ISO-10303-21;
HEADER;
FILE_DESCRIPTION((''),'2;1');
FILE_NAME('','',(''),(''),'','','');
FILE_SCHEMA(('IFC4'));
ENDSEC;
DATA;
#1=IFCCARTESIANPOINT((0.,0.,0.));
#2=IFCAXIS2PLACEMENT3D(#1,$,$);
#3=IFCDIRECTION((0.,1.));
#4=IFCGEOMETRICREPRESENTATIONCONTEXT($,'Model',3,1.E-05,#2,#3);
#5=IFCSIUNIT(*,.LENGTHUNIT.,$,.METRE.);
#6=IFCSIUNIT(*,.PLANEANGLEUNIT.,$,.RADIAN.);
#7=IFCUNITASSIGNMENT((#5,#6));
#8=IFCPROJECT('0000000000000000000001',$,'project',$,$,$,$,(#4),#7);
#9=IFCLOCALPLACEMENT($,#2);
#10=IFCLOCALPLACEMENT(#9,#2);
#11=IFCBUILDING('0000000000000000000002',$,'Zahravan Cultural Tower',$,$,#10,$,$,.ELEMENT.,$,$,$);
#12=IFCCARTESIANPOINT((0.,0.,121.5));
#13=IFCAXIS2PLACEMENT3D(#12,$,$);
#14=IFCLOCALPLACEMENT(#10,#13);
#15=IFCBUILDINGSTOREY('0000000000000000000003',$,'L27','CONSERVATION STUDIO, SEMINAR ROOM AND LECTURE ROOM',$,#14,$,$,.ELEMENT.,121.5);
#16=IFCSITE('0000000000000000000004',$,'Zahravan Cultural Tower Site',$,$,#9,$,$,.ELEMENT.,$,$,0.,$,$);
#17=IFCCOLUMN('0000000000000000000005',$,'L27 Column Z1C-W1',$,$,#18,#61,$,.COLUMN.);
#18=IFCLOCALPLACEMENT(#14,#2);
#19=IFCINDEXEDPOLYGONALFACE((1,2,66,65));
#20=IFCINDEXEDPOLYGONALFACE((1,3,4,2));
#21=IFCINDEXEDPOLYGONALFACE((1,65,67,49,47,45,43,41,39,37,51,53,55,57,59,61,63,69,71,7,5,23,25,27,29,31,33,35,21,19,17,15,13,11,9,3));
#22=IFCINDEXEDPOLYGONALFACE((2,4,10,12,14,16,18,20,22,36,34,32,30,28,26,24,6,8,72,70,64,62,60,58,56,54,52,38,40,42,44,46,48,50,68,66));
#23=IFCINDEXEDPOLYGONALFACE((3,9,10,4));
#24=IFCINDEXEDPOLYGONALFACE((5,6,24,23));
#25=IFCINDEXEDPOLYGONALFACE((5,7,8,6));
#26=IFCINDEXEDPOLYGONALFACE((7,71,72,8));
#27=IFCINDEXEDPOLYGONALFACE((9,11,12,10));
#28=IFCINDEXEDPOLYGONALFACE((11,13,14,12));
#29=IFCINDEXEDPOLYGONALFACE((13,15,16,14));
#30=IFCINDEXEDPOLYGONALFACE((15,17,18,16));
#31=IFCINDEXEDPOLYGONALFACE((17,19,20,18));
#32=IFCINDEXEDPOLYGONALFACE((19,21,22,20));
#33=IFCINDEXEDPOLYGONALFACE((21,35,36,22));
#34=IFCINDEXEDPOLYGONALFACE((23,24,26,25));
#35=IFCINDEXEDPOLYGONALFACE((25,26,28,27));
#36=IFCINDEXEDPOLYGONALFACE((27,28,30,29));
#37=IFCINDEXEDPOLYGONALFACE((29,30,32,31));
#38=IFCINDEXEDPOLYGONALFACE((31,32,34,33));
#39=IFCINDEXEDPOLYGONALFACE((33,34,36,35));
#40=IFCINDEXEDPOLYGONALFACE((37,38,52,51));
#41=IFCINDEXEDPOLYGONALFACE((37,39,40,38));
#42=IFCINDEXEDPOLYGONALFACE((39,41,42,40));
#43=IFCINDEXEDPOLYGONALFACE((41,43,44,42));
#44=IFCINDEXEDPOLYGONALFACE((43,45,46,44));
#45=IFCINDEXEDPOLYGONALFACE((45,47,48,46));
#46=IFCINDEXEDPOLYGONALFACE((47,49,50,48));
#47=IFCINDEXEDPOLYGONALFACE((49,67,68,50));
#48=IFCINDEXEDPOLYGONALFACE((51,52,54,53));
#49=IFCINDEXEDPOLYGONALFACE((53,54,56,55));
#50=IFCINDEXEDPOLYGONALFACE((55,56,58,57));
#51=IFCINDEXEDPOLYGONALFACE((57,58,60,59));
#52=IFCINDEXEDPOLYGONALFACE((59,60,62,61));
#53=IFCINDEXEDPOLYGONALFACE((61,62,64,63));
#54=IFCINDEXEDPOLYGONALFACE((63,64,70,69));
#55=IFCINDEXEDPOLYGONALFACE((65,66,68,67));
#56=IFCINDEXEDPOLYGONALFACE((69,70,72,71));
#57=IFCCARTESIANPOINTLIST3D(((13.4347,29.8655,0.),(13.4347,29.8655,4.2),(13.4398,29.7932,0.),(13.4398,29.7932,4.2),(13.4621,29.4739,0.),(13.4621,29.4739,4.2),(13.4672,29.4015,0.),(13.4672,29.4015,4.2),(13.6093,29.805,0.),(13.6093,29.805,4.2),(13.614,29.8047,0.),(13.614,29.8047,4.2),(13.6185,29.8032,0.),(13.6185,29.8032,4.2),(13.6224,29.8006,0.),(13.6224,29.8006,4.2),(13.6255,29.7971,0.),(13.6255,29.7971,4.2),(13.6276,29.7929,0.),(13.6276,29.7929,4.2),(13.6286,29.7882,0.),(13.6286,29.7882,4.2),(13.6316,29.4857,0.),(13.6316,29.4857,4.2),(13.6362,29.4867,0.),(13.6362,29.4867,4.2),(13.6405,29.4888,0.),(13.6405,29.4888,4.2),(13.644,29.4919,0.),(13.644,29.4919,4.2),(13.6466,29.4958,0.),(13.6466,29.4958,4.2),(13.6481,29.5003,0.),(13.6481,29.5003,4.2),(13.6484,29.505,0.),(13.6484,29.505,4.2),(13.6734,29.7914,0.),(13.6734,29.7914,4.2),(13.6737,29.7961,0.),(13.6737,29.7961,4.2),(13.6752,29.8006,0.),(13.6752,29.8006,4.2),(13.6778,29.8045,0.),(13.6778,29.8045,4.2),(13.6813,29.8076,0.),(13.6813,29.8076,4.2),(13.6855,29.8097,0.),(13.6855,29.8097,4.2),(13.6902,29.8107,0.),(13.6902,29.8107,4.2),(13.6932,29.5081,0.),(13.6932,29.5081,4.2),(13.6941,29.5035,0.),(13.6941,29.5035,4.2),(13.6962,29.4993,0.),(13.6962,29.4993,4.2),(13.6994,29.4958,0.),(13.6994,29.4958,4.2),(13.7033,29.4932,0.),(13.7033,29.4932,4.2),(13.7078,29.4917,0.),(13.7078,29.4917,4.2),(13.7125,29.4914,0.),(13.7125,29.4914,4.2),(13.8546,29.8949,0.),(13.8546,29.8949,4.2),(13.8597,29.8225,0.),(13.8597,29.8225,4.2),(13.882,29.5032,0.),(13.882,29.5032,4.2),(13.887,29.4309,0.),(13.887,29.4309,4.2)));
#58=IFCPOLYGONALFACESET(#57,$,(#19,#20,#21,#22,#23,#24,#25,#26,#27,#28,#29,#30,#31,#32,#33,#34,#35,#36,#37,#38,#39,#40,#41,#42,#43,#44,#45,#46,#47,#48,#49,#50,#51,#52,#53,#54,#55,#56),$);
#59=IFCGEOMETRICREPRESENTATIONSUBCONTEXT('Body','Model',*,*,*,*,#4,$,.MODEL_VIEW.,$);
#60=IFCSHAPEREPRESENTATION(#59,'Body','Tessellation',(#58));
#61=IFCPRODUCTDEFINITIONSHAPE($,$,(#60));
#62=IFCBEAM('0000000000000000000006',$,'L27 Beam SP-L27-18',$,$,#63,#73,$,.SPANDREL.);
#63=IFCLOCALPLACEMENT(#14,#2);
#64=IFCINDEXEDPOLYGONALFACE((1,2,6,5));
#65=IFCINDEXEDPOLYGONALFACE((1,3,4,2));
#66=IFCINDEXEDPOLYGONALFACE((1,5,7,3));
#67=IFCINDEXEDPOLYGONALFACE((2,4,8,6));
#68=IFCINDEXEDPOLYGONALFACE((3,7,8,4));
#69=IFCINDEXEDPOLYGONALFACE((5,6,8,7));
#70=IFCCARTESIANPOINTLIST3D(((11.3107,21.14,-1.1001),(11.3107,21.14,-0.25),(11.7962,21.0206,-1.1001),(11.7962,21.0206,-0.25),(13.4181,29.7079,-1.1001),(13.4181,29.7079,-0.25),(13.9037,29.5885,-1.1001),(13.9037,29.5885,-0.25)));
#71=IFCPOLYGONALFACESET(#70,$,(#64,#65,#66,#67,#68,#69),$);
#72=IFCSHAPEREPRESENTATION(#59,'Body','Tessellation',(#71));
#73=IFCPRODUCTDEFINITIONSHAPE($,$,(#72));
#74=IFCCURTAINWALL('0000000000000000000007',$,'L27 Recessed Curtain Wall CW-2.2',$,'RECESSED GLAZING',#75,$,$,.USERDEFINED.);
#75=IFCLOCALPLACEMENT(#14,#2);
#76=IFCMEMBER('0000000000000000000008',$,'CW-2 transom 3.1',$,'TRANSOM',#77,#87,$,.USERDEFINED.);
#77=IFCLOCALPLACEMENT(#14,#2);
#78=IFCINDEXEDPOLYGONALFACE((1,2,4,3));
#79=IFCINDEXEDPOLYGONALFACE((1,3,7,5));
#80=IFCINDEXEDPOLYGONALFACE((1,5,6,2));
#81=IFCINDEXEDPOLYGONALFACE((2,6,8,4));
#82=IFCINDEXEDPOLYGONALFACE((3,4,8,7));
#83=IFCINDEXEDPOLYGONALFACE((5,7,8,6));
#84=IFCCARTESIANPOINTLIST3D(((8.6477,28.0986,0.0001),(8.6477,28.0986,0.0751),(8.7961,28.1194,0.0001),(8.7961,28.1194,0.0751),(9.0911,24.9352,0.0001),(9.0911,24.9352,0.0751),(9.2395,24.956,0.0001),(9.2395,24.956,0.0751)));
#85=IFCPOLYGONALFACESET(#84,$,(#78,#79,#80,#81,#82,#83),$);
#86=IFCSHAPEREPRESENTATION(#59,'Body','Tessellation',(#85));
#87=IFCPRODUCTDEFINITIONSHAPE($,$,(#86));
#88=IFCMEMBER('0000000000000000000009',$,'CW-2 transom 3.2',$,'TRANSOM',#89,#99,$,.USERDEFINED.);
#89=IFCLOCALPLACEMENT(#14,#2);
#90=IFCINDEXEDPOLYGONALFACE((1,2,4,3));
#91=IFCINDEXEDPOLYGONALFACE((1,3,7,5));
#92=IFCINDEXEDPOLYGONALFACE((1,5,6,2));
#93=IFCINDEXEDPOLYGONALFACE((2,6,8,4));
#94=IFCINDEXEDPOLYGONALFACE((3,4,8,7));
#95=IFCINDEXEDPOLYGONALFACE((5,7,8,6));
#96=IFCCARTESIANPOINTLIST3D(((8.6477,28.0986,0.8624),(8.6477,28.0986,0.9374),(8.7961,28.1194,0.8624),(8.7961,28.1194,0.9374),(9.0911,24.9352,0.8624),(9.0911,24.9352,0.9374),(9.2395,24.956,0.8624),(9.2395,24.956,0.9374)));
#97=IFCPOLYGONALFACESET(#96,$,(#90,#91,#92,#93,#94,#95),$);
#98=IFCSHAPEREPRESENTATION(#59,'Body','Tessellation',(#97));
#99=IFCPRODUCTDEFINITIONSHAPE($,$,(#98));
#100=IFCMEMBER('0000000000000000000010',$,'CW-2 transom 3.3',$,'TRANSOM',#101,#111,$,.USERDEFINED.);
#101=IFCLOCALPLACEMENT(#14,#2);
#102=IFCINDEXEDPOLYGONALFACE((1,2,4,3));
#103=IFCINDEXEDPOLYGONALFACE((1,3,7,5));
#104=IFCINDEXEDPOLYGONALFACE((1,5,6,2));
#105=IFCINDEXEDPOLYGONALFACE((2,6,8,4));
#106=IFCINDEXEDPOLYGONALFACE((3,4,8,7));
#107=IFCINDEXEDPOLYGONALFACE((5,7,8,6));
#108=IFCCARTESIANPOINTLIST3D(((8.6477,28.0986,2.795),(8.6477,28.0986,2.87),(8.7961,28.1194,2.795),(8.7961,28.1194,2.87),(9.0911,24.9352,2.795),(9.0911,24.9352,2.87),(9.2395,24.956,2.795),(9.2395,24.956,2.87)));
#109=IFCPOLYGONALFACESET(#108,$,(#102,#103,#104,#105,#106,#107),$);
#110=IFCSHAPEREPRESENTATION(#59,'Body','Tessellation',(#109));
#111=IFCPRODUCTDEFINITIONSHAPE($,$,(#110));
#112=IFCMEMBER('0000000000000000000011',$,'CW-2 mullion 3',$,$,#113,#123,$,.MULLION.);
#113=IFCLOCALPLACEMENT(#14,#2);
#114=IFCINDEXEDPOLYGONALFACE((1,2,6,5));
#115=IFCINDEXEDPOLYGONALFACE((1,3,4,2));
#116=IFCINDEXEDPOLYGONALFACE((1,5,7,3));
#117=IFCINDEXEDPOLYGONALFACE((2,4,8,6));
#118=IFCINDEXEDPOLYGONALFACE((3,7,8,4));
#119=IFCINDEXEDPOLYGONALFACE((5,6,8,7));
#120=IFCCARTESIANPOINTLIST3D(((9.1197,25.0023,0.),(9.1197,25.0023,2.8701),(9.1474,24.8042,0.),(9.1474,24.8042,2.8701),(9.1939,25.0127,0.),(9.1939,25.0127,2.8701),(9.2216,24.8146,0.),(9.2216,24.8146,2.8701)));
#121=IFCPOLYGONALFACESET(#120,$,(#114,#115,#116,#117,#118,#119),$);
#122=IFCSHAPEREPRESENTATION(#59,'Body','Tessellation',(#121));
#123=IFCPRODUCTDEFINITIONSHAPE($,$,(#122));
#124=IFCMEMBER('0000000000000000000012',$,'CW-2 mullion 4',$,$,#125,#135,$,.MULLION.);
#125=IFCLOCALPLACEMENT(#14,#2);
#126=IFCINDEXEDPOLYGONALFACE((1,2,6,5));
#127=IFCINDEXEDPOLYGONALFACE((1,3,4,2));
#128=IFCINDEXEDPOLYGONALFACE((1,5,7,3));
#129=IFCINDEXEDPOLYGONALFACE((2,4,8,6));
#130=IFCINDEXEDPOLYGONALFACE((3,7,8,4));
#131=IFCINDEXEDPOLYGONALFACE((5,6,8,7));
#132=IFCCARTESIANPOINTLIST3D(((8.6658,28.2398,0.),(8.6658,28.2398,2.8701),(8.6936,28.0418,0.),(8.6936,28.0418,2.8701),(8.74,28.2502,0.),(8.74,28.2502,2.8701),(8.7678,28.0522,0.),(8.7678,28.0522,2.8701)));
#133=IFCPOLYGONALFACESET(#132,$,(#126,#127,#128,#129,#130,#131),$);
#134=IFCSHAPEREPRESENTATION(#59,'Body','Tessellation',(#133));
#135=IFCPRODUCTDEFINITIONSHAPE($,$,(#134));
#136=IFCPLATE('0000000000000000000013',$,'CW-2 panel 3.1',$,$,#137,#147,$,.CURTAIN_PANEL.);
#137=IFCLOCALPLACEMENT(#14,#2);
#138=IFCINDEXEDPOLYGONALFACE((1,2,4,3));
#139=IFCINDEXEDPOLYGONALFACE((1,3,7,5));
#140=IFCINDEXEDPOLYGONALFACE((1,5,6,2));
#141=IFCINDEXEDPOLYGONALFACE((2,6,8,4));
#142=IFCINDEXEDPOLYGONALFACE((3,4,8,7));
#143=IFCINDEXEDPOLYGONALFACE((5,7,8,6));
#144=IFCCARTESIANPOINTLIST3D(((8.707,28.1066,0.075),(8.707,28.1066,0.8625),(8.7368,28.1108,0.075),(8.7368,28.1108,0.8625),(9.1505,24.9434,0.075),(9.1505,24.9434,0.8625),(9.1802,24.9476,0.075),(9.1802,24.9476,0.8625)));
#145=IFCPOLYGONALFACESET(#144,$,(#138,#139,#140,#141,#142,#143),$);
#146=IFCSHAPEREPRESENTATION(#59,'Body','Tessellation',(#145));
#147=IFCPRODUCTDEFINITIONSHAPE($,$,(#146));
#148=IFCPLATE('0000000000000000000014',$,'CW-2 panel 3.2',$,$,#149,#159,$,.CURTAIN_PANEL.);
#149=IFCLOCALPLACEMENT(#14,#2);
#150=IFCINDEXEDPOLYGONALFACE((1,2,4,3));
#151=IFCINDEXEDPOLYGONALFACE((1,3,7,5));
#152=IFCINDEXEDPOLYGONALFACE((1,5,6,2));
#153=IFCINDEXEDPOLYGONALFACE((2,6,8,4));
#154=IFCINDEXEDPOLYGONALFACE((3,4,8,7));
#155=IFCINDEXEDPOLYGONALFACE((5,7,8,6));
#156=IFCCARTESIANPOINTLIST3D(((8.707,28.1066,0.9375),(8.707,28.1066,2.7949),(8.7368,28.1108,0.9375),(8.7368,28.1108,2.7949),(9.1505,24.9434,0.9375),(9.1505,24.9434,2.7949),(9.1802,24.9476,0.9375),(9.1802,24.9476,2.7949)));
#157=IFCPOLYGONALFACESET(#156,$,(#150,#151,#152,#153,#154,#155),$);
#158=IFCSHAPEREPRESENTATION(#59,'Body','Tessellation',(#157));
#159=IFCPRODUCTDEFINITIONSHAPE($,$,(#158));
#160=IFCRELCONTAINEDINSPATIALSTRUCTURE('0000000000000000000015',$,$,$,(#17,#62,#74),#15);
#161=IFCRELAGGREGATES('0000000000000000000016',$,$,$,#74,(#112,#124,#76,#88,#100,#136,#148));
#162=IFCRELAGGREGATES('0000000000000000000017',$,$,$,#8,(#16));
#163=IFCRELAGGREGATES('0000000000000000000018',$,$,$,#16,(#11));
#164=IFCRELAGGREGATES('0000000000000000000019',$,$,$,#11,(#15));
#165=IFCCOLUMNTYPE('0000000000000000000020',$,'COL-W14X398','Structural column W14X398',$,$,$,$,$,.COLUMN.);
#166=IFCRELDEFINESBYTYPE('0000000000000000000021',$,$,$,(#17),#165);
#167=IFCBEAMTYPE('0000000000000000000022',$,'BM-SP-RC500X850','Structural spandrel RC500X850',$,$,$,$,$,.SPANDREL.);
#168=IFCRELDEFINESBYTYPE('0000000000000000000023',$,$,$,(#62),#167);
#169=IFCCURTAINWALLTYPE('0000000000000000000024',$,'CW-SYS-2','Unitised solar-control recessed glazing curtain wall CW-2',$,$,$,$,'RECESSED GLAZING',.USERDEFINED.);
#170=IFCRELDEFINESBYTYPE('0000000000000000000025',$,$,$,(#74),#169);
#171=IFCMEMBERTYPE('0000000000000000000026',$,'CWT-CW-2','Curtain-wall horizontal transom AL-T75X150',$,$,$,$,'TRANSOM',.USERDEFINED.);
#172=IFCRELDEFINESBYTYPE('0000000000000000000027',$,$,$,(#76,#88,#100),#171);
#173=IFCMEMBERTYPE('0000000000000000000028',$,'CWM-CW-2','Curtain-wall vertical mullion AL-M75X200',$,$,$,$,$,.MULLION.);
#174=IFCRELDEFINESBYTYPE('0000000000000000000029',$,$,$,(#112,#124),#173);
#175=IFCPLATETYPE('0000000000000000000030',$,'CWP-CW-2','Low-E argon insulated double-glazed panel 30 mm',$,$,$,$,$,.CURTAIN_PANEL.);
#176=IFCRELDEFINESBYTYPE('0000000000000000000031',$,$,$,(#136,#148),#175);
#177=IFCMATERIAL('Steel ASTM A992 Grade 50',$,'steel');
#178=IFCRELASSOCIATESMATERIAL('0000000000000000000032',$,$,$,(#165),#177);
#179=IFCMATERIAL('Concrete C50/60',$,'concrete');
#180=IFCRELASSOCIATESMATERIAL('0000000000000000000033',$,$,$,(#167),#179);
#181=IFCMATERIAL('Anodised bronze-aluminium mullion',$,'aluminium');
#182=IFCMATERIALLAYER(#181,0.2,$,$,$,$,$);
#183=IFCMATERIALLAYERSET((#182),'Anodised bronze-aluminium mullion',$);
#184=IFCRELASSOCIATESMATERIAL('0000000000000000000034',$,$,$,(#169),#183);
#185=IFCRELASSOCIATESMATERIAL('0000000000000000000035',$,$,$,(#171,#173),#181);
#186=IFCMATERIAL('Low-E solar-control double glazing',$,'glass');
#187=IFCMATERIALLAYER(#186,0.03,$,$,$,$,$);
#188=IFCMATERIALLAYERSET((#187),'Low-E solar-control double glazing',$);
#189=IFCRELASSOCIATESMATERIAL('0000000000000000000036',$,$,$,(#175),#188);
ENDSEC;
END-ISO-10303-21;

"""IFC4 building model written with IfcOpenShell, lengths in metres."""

from ifc_helpers import new_model, si_unit, direction, frame, origin, origin_2d, place, context, subcontext, project, spatial, rectangle, i_section, extrude, source, transform, mapped, material, layer, layer_set, material_profile, profile_set, type_object, element, aggregate, save


model = new_model("IFC4")

# Units and contexts
model_context = context("Model", 3, precision=1e-05, world=origin(), true_north=direction((0.0, 1.0)))
body_context = subcontext(model_context, "Body", "Model", "MODEL_VIEW")
ifc_project = project(units=[si_unit("LENGTHUNIT", "METRE"), si_unit("PLANEANGLEUNIT", "RADIAN")], contexts=[model_context])

# Site, building, storey
site_placement = place(None, origin())
site = spatial("IfcSite", under=ifc_project, at=site_placement, Name="Zahravan Cultural Tower Site", CompositionType="ELEMENT", RefElevation=0.0)
building_placement = place(site_placement, origin())
building = spatial("IfcBuilding", under=site, at=building_placement, Name="Zahravan Cultural Tower", CompositionType="ELEMENT")
storey_placement = place(building_placement, frame((0.0, 0.0, 121.5)))
storey = spatial("IfcBuildingStorey", under=building, at=storey_placement, Name="L27", Description="CONSERVATION STUDIO, SEMINAR ROOM AND LECTURE ROOM", CompositionType="ELEMENT", Elevation=121.5)

# Column
ifc_material_1 = material(Name="Steel ASTM A992 Grade 50", Category="steel")
ifc_material_profile_1 = material_profile(ifc_material_1, i_section(OverallWidth=0.4209, OverallDepth=0.4651, WebThickness=0.0449, FlangeThickness=0.0725, FilletRadius=0.0181, at=origin_2d()), Name="W14X398")
ifc_profile_set_1 = profile_set([ifc_material_profile_1], Name="Steel ASTM A992 Grade 50")
column_type = type_object("IfcColumnType", Name="COL-W14X398", Description="Structural column W14X398", PredefinedType="COLUMN", material=ifc_profile_set_1)
shared_shape_1 = source(origin(), body_context, "Body", "SweptSolid", [
    extrude(i_section(OverallWidth=0.4209, OverallDepth=0.4651, WebThickness=0.0449, FlangeThickness=0.0725, FilletRadius=0.0181, at=origin_2d()), origin(), (0.0, 0.0, 1.0), 4.2),
])
column_placement = place(storey_placement, frame((13.6609, 29.6482, 0.0), z_axis=(0.0, 0.0, 1.0), x_axis=(0.997564, 0.069756, 0.0)))
element("IfcColumn", 1, at=column_placement, inside=storey, type_object=column_type, Name="L27 Column Z1C-W1", PredefinedType="COLUMN", context=body_context, shape_type="MappedRepresentation", body=[
    mapped(shared_shape_1, transform((0.0, 0.0, 0.0), x_axis=(1.0, 0.0, 0.0), y_axis=(0.0, 1.0, 0.0), z_axis=(0.0, 0.0, 1.0), scale=1.0)),
])

# Beam
ifc_material_2 = material(Name="Concrete C50/60", Category="concrete")
ifc_material_profile_2 = material_profile(ifc_material_2, rectangle(XDim=0.5, YDim=0.8501, at=origin_2d()), Name="RC500X850")
ifc_profile_set_2 = profile_set([ifc_material_profile_2], Name="Concrete C50/60")
beam_type = type_object("IfcBeamType", Name="BM-SP-RC500X850", Description="Structural spandrel RC500X850", PredefinedType="SPANDREL", material=ifc_profile_set_2)
shared_shape_2 = source(origin(), body_context, "Body", "SweptSolid", [
    extrude(rectangle(XDim=0.5, YDim=0.8501, at=origin_2d()), origin(), (0.0, 0.0, 1.0), 8.8232),
])
beam_placement = place(storey_placement, frame((13.6609, 29.6482, -0.675), z_axis=(-0.238849, -0.971057, 0.0), x_axis=(0.971057, -0.238849, 0.0)))
element("IfcBeam", 2, at=beam_placement, inside=storey, type_object=beam_type, Name="L27 Beam SP-L27-18", PredefinedType="SPANDREL", context=body_context, shape_type="MappedRepresentation", body=[
    mapped(shared_shape_2, transform((0.0, 0.0, 0.0), x_axis=(1.0, 0.0, 0.0), y_axis=(0.0, 1.0, 0.0), z_axis=(0.0, 0.0, 1.0), scale=1.0)),
])

# Curtain wall, members, plates
ifc_material_3 = material(Name="Anodised bronze-aluminium mullion", Category="aluminium")
ifc_layer_1 = layer(ifc_material_3, 0.2)
ifc_layer_set_1 = layer_set([ifc_layer_1], Name="Anodised bronze-aluminium mullion")
curtain_wall_type = type_object("IfcCurtainWallType", Name="CW-SYS-2", Description="Unitised solar-control recessed glazing curtain wall CW-2", ElementType="RECESSED GLAZING", PredefinedType="USERDEFINED", material=ifc_layer_set_1)
curtain_wall_placement = place(storey_placement, origin())
curtain_wall = element("IfcCurtainWall", 3, at=curtain_wall_placement, inside=storey, type_object=curtain_wall_type, Name="L27 Recessed Curtain Wall CW-2.2", ObjectType="RECESSED GLAZING", PredefinedType="USERDEFINED")
ifc_material_profile_3 = material_profile(ifc_material_3, rectangle(XDim=0.1499, YDim=0.075, at=origin_2d()), Name="AL-T75X150")
ifc_profile_set_3 = profile_set([ifc_material_profile_3], Name="Anodised bronze-aluminium mullion")
member_type_1 = type_object("IfcMemberType", Name="CWT-CW-2", Description="Curtain-wall horizontal transom AL-T75X150", ElementType="TRANSOM", PredefinedType="USERDEFINED", material=ifc_profile_set_3)
shared_shape_3 = source(origin(), body_context, "Body", "SweptSolid", [
    extrude(rectangle(XDim=0.1499, YDim=0.075, at=origin_2d()), origin(), (0.0, 0.0, 1.0), 3.1943),
])
member_1_placement = place(storey_placement, frame((9.1653, 24.9456, 0.0376), z_axis=(-0.138799, 0.990321, 0.0), x_axis=(-0.990321, -0.138799, 0.0)))
member_1 = element("IfcMember", 4, at=member_1_placement, type_object=member_type_1, Name="CW-2 transom 3.1", ObjectType="TRANSOM", PredefinedType="USERDEFINED", context=body_context, shape_type="MappedRepresentation", body=[
    mapped(shared_shape_3, transform((0.0, 0.0, 0.0), x_axis=(1.0, 0.0, 0.0), y_axis=(0.0, 1.0, 0.0), z_axis=(0.0, 0.0, 1.0), scale=1.0)),
])
member_2_placement = place(storey_placement, frame((9.1653, 24.9456, 0.8999), z_axis=(-0.138799, 0.990321, 0.0), x_axis=(-0.990321, -0.138799, 0.0)))
member_2 = element("IfcMember", 5, at=member_2_placement, type_object=member_type_1, Name="CW-2 transom 3.2", ObjectType="TRANSOM", PredefinedType="USERDEFINED", context=body_context, shape_type="MappedRepresentation", body=[
    mapped(shared_shape_3, transform((0.0, 0.0, 0.0), x_axis=(1.0, 0.0, 0.0), y_axis=(0.0, 1.0, 0.0), z_axis=(0.0, 0.0, 1.0), scale=1.0)),
])
member_3_placement = place(storey_placement, frame((9.1653, 24.9456, 2.8325), z_axis=(-0.138799, 0.990321, 0.0), x_axis=(-0.990321, -0.138799, 0.0)))
member_3 = element("IfcMember", 6, at=member_3_placement, type_object=member_type_1, Name="CW-2 transom 3.3", ObjectType="TRANSOM", PredefinedType="USERDEFINED", context=body_context, shape_type="MappedRepresentation", body=[
    mapped(shared_shape_3, transform((0.0, 0.0, 0.0), x_axis=(1.0, 0.0, 0.0), y_axis=(0.0, 1.0, 0.0), z_axis=(0.0, 0.0, 1.0), scale=1.0)),
])
ifc_material_profile_4 = material_profile(ifc_material_3, rectangle(XDim=0.075, YDim=0.2, at=origin_2d()), Name="AL-M75X200")
ifc_profile_set_4 = profile_set([ifc_material_profile_4], Name="Anodised bronze-aluminium mullion")
member_type_2 = type_object("IfcMemberType", Name="CWM-CW-2", Description="Curtain-wall vertical mullion AL-M75X200", PredefinedType="MULLION", material=ifc_profile_set_4)
shared_shape_4 = source(origin(), body_context, "Body", "SweptSolid", [
    extrude(rectangle(XDim=0.075, YDim=0.2, at=origin_2d()), origin(), (0.0, 0.0, 1.0), 2.8701),
])
member_4_placement = place(storey_placement, frame((9.1707, 24.9084, 0.0), z_axis=(0.0, 0.0, 1.0), x_axis=(-0.990316, -0.13883, 0.0)))
member_4 = element("IfcMember", 7, at=member_4_placement, type_object=member_type_2, Name="CW-2 mullion 3", PredefinedType="MULLION", context=body_context, shape_type="MappedRepresentation", body=[
    mapped(shared_shape_4, transform((0.0, 0.0, 0.0), x_axis=(1.0, 0.0, 0.0), y_axis=(0.0, 1.0, 0.0), z_axis=(0.0, 0.0, 1.0), scale=1.0)),
])
member_5_placement = place(storey_placement, frame((8.7168, 28.146, 0.0), z_axis=(0.0, 0.0, 1.0), x_axis=(-0.990316, -0.13883, 0.0)))
member_5 = element("IfcMember", 8, at=member_5_placement, type_object=member_type_2, Name="CW-2 mullion 4", PredefinedType="MULLION", context=body_context, shape_type="MappedRepresentation", body=[
    mapped(shared_shape_4, transform((0.0, 0.0, 0.0), x_axis=(1.0, 0.0, 0.0), y_axis=(0.0, 1.0, 0.0), z_axis=(0.0, 0.0, 1.0), scale=1.0)),
])
ifc_material_4 = material(Name="Low-E solar-control double glazing", Category="glass")
ifc_layer_2 = layer(ifc_material_4, 0.03)
ifc_layer_set_2 = layer_set([ifc_layer_2], Name="Low-E solar-control double glazing")
plate_type = type_object("IfcPlateType", Name="CWP-CW-2", Description="Low-E argon insulated double-glazed panel 30 mm", PredefinedType="CURTAIN_PANEL", material=ifc_layer_set_2)
shared_shape_5 = source(origin(), body_context, "Body", "SweptSolid", [
    extrude(rectangle(XDim=3.1941, YDim=0.03, at=origin_2d()), origin(), (0.0, 0.0, 1.0), 0.7876),
])
plate_1_placement = place(storey_placement, frame((8.9436, 26.5271, 0.075), z_axis=(0.0, 0.0, 1.0), x_axis=(-0.13883, 0.990316, 0.0)))
plate_1 = element("IfcPlate", 9, at=plate_1_placement, type_object=plate_type, Name="CW-2 panel 3.1", PredefinedType="CURTAIN_PANEL", context=body_context, shape_type="MappedRepresentation", body=[
    mapped(shared_shape_5, transform((0.0, 0.0, 0.0), x_axis=(1.0, 0.0, 0.0), y_axis=(0.0, 1.0, 0.0), z_axis=(0.0, 0.0, 1.0), scale=1.0)),
])
shared_shape_6 = source(origin(), body_context, "Body", "SweptSolid", [
    extrude(rectangle(XDim=3.1941, YDim=0.03, at=origin_2d()), origin(), (0.0, 0.0, 1.0), 1.8574),
])
plate_2_placement = place(storey_placement, frame((8.9436, 26.5271, 0.9375), z_axis=(0.0, 0.0, 1.0), x_axis=(-0.13883, 0.990316, 0.0)))
plate_2 = element("IfcPlate", 10, at=plate_2_placement, type_object=plate_type, Name="CW-2 panel 3.2", PredefinedType="CURTAIN_PANEL", context=body_context, shape_type="MappedRepresentation", body=[
    mapped(shared_shape_6, transform((0.0, 0.0, 0.0), x_axis=(1.0, 0.0, 0.0), y_axis=(0.0, 1.0, 0.0), z_axis=(0.0, 0.0, 1.0), scale=1.0)),
])
aggregate(curtain_wall, [member_4, member_5, member_1, member_2, member_3, plate_1, plate_2])

save(model, "model.ifc")
